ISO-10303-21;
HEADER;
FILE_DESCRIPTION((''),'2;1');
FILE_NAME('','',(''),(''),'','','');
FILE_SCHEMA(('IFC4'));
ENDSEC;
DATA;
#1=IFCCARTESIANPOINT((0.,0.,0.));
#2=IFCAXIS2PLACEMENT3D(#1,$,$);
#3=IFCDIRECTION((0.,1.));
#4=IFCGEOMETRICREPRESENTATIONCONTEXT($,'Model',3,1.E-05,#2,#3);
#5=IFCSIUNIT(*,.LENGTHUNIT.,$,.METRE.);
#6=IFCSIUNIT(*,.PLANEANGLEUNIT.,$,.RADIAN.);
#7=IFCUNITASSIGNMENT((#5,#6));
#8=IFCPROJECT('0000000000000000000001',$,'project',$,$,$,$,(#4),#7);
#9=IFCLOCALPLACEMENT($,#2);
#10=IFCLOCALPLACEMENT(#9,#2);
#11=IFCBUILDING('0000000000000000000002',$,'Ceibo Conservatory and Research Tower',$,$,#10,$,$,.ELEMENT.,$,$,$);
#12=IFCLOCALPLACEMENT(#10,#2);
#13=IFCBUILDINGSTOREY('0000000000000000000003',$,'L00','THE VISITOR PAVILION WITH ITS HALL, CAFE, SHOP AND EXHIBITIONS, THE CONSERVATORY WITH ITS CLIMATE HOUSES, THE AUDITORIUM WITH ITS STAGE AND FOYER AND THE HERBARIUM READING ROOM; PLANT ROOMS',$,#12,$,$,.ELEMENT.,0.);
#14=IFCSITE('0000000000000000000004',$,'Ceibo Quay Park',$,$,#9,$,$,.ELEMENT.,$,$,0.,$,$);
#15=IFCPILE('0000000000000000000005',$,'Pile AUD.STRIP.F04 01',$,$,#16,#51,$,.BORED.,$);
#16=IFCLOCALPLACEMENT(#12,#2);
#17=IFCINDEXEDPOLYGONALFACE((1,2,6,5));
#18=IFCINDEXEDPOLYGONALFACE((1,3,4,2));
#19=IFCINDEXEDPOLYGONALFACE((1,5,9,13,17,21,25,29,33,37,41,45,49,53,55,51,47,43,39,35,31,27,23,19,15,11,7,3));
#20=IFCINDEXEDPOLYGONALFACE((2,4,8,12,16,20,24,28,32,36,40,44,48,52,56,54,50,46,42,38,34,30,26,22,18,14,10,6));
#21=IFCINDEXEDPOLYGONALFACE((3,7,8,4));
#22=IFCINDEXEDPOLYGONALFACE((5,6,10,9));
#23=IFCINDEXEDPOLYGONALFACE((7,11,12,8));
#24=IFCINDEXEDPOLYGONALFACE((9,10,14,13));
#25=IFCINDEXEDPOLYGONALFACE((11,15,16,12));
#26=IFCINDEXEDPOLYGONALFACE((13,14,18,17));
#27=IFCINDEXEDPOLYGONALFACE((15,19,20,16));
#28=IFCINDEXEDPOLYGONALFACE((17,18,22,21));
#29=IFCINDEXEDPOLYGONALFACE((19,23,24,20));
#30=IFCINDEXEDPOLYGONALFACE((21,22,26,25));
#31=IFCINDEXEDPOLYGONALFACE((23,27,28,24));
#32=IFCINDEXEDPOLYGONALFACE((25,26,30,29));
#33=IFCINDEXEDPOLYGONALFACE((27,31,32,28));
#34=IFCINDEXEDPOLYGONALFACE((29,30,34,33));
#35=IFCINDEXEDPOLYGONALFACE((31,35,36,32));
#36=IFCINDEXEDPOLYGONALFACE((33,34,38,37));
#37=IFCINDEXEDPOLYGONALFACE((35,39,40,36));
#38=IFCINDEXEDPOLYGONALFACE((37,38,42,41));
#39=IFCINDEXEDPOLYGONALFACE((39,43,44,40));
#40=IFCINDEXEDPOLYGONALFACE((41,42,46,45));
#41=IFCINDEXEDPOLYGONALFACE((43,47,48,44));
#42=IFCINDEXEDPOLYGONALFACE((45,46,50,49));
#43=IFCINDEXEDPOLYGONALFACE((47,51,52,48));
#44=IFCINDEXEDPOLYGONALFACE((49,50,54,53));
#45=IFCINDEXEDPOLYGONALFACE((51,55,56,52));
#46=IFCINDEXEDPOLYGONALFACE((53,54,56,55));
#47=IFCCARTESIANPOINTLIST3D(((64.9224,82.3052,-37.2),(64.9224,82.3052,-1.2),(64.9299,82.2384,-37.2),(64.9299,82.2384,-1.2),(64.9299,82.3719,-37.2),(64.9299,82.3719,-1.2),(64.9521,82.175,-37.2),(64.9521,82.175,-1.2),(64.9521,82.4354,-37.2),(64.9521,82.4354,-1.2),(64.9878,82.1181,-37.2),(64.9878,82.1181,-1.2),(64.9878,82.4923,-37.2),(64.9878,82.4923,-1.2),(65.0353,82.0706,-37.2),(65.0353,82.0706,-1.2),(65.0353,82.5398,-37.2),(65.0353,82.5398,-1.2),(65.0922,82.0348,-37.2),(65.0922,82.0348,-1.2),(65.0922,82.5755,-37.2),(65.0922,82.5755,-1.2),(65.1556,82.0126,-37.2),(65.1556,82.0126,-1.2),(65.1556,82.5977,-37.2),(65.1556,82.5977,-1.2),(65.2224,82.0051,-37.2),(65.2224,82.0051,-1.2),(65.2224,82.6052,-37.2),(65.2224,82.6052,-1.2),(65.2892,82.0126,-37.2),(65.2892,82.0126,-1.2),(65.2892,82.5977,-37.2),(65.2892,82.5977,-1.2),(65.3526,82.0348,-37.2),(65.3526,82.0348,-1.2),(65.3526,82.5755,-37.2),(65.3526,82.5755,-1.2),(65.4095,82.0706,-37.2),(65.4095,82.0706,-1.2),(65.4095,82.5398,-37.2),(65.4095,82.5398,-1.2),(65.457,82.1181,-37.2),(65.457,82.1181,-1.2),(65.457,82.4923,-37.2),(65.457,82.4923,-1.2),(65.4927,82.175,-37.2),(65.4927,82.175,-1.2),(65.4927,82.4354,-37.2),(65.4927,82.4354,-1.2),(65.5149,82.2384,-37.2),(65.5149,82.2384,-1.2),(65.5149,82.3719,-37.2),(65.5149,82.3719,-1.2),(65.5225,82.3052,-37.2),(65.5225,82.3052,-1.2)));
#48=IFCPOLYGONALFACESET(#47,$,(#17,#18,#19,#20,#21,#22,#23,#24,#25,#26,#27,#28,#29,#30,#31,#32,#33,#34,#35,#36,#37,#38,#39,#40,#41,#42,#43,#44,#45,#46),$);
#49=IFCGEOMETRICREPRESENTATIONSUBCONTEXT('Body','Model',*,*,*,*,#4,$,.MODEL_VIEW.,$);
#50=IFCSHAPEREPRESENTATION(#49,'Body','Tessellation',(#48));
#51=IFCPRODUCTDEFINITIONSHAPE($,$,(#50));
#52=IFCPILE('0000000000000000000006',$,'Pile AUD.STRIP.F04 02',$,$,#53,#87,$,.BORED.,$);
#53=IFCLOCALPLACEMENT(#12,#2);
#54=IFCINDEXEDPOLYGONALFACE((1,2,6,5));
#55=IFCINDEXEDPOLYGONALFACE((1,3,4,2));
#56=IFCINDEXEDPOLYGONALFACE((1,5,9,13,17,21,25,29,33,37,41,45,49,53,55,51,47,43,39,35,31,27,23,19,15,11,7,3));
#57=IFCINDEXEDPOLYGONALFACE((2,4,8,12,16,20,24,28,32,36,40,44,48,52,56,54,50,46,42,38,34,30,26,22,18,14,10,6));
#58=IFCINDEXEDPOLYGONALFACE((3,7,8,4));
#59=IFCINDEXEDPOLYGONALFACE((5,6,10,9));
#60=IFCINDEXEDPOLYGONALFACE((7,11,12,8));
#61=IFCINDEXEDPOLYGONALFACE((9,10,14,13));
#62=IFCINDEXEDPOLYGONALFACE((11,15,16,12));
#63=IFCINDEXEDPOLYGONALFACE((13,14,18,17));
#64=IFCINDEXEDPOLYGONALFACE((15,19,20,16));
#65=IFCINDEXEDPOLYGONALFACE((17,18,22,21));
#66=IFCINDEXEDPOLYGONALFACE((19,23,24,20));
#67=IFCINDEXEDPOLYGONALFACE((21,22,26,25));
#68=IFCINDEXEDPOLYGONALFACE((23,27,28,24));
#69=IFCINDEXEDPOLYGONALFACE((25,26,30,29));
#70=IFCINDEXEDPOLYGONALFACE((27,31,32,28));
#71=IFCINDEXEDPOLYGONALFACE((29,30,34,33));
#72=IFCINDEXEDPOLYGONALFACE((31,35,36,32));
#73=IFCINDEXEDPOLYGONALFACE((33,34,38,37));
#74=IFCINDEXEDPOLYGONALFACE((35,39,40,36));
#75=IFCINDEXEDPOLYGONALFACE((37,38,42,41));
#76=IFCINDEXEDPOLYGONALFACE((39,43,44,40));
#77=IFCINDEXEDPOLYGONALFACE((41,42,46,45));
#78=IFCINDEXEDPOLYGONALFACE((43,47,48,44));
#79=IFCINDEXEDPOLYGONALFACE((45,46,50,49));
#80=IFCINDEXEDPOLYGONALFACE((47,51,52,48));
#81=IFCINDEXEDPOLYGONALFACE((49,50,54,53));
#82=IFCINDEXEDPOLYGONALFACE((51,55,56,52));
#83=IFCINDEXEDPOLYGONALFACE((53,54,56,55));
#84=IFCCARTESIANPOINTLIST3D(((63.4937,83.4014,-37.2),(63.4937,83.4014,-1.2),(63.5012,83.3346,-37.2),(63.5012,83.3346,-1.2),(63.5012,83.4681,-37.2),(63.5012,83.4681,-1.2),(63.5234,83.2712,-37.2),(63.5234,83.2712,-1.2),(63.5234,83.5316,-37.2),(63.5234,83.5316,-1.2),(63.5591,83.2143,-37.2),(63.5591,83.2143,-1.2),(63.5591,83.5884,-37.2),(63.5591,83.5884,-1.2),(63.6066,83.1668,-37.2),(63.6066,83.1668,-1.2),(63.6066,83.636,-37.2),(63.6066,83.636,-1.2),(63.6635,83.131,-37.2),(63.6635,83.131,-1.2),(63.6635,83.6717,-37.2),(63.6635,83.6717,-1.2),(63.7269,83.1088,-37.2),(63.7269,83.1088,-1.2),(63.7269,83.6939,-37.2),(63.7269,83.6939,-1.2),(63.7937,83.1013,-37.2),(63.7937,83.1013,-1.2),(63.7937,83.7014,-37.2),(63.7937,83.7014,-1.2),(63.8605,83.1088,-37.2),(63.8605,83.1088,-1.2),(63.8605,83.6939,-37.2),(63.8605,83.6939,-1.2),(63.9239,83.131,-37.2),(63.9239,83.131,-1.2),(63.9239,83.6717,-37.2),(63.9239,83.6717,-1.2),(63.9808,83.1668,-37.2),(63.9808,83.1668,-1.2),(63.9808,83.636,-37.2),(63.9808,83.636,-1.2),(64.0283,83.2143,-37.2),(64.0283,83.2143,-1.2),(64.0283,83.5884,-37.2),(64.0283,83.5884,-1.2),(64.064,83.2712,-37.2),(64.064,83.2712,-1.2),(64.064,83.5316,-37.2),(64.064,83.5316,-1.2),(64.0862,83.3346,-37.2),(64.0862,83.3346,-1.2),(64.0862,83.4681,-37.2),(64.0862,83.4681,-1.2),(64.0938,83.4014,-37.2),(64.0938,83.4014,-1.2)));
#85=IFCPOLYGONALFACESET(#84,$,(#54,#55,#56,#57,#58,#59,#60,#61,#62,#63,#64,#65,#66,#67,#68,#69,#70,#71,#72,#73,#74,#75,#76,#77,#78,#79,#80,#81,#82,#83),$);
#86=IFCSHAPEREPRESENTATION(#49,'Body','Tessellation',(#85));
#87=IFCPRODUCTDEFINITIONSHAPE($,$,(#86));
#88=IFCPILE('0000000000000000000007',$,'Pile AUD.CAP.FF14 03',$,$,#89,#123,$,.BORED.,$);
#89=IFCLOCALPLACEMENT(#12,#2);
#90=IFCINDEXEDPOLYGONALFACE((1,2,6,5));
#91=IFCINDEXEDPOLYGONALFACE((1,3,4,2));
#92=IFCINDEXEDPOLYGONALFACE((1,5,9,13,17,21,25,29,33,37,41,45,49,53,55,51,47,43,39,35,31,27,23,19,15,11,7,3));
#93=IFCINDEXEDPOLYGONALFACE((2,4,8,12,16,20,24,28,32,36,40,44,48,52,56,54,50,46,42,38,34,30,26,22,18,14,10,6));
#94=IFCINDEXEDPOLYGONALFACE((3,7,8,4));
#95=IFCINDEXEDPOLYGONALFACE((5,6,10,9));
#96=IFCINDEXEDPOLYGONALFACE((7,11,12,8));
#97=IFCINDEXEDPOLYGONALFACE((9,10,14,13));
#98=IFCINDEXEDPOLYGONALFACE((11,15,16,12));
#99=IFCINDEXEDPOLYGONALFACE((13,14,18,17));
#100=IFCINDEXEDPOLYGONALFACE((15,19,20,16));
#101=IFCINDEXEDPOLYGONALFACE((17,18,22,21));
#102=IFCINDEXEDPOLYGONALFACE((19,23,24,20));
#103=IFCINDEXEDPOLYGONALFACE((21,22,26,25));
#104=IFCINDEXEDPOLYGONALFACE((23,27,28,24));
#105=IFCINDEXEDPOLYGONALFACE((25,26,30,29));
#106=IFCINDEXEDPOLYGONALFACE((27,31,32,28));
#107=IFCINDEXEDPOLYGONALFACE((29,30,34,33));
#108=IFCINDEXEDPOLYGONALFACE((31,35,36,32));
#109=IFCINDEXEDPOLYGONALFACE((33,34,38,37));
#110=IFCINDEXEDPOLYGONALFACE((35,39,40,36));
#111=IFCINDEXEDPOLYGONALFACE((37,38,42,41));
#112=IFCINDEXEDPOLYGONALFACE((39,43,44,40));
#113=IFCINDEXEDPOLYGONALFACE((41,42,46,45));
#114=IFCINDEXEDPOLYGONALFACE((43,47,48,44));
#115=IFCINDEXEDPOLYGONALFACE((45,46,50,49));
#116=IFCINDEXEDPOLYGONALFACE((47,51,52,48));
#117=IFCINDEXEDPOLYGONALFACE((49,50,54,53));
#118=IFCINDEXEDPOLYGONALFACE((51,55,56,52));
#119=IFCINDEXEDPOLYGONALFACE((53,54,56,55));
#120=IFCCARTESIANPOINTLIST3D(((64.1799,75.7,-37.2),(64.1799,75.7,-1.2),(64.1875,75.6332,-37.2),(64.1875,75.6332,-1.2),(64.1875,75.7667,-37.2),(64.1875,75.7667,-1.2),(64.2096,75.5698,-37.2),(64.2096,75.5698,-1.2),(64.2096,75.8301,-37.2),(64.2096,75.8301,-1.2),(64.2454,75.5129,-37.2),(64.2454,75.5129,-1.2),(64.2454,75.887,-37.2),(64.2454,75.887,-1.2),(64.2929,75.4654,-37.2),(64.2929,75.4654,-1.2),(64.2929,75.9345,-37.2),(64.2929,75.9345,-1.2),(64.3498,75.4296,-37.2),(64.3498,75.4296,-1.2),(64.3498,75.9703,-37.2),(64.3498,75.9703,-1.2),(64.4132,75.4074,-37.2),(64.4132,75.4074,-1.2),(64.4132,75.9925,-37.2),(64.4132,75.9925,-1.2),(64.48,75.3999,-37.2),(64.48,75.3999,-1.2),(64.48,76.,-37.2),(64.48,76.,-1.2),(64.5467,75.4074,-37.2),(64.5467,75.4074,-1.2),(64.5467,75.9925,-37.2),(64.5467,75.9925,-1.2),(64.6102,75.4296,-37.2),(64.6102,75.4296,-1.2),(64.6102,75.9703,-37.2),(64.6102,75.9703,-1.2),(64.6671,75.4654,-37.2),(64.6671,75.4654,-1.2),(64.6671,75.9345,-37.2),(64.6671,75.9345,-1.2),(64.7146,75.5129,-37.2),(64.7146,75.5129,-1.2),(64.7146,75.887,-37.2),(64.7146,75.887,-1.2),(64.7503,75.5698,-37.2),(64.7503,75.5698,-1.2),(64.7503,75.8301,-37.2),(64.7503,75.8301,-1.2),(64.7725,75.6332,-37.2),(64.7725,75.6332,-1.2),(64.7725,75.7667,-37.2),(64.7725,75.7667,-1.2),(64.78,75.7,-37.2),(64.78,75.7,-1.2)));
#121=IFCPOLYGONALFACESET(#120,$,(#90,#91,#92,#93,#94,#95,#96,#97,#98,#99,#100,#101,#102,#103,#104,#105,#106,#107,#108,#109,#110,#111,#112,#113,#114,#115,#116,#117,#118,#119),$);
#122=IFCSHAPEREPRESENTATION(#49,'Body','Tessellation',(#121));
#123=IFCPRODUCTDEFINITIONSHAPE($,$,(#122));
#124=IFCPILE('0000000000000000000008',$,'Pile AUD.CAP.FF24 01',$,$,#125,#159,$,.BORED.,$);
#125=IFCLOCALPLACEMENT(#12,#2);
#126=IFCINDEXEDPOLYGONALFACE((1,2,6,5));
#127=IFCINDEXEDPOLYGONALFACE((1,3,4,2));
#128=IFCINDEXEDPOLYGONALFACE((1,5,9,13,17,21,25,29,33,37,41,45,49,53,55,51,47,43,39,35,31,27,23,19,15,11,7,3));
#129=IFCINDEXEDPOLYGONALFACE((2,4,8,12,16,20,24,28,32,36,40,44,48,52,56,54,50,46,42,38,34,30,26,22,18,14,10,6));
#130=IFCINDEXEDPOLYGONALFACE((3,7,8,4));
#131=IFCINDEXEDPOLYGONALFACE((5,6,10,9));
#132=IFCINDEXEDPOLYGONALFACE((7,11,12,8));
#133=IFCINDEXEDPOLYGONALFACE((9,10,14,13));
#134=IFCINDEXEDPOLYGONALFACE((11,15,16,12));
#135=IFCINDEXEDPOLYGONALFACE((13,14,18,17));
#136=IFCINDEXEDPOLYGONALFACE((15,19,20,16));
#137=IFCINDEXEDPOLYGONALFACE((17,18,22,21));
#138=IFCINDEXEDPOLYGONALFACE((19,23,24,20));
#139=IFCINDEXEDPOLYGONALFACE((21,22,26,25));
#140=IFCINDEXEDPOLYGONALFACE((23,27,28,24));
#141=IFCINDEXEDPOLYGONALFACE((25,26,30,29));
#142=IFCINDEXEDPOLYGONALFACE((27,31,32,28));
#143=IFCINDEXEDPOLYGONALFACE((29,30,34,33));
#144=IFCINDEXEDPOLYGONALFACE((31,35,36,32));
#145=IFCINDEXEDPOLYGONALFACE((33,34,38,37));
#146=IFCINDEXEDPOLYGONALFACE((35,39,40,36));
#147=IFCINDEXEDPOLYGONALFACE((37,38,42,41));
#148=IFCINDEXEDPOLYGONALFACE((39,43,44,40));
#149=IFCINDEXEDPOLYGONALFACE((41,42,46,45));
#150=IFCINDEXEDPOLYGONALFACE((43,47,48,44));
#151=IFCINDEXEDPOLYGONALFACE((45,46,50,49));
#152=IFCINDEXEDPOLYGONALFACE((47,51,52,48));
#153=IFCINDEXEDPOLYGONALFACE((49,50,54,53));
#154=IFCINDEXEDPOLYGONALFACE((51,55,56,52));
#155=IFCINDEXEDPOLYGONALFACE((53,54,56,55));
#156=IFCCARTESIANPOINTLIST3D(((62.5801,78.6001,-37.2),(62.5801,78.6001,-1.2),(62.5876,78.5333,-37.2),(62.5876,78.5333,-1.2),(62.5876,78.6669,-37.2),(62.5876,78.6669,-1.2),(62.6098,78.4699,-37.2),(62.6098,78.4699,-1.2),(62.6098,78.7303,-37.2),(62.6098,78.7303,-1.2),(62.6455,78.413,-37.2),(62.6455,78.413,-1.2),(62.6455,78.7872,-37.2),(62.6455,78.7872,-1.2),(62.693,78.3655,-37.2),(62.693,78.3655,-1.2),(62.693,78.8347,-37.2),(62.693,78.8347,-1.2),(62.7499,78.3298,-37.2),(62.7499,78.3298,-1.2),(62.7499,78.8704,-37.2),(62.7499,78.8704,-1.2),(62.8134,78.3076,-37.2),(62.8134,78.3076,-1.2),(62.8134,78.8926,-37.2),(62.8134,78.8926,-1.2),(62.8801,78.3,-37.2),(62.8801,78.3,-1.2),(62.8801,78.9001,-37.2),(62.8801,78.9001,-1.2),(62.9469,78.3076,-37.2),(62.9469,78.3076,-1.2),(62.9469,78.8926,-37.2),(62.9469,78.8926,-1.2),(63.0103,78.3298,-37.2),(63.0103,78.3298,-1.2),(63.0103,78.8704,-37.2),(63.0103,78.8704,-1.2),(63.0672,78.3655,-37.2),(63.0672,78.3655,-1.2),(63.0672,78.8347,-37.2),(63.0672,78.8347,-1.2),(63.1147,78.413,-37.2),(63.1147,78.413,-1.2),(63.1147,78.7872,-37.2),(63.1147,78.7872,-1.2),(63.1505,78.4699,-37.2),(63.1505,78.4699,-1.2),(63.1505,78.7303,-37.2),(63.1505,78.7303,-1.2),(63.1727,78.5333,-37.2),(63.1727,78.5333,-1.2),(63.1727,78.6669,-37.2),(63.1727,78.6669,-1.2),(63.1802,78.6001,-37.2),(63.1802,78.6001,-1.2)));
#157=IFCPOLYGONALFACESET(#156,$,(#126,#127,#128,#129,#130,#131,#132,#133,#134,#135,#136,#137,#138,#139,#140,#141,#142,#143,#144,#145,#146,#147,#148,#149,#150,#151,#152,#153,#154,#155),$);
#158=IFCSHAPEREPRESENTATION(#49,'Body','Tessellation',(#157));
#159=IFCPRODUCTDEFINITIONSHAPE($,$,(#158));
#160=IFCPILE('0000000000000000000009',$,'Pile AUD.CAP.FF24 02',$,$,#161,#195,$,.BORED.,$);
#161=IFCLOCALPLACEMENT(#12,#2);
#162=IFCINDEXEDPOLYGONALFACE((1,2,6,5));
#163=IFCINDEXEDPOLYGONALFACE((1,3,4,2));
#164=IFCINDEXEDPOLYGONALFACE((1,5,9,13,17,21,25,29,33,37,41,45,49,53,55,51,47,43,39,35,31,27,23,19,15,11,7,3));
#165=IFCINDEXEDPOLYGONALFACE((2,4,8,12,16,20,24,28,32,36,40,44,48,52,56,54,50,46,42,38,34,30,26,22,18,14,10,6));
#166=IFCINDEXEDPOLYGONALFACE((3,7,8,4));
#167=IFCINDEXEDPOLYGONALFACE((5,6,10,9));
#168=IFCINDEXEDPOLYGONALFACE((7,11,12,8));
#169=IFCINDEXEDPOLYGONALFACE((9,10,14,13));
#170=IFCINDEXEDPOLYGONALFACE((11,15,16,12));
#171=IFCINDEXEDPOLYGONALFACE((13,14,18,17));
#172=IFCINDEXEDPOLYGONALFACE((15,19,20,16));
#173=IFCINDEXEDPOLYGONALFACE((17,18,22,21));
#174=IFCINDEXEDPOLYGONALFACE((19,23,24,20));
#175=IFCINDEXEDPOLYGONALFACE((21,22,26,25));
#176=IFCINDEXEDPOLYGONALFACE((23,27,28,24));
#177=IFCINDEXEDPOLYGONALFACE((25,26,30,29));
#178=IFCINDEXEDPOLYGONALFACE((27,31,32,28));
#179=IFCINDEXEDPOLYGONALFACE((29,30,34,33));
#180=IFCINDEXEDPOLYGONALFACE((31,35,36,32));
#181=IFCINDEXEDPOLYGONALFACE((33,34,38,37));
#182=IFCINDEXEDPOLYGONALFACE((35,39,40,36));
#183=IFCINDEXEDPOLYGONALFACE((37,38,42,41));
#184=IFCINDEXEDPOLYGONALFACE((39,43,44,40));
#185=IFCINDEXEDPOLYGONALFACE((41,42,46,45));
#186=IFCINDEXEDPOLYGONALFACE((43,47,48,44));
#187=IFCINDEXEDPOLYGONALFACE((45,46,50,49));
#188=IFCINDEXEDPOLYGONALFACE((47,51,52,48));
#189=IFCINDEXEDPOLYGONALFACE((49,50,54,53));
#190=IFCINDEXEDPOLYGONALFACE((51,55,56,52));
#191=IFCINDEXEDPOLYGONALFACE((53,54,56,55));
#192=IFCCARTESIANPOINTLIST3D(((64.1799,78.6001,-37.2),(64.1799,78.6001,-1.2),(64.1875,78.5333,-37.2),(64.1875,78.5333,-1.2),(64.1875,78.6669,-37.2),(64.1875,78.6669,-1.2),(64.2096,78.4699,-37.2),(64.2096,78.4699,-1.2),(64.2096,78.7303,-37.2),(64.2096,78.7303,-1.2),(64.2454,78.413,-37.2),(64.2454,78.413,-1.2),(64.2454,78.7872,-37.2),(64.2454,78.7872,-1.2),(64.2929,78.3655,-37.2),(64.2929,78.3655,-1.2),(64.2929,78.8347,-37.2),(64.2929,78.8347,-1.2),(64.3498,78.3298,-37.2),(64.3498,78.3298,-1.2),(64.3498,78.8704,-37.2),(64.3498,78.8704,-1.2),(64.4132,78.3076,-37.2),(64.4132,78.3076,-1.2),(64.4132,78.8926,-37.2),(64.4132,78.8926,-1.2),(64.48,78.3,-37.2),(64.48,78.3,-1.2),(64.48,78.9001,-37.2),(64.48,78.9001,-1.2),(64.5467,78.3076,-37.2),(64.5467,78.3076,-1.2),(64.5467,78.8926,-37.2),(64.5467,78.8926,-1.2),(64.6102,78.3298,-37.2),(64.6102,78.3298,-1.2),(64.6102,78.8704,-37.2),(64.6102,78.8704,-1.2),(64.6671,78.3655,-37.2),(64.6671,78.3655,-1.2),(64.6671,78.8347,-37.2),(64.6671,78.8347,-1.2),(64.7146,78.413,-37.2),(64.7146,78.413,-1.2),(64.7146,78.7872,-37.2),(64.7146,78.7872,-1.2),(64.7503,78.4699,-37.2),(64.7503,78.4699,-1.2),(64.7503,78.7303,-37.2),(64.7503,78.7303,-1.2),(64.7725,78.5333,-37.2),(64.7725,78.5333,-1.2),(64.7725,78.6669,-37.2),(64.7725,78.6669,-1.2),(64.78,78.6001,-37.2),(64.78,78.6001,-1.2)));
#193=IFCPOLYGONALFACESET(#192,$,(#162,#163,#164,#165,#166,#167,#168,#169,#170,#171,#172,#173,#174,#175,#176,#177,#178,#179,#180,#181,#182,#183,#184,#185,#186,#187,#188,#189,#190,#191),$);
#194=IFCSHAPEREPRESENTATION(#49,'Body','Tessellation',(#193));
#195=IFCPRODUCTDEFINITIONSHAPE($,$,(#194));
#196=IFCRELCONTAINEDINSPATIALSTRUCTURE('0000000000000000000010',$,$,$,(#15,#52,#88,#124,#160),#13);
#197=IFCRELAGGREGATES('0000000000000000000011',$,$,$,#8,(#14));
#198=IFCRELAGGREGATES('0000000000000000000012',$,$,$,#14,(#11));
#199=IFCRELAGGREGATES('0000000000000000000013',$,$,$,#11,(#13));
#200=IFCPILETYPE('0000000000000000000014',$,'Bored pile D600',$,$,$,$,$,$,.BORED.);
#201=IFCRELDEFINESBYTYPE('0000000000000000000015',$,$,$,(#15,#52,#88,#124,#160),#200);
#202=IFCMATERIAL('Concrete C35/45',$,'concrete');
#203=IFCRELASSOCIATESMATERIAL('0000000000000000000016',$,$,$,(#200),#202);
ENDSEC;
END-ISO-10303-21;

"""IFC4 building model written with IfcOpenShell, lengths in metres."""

from ifc_helpers import new_model, si_unit, direction, frame, origin, origin_2d, place, context, subcontext, project, spatial, circle, extrude, material, material_profile, profile_set, type_object, element, save


model = new_model("IFC4")

# Units and contexts
model_context = context("Model", 3, precision=1e-05, world=origin(), true_north=direction((0.0, 1.0)))
body_context = subcontext(model_context, "Body", "Model", "MODEL_VIEW")
ifc_project = project(units=[si_unit("LENGTHUNIT", "METRE"), si_unit("PLANEANGLEUNIT", "RADIAN")], contexts=[model_context])

# Site, building, storey
site_placement = place(None, origin())
site = spatial("IfcSite", under=ifc_project, at=site_placement, Name="Ceibo Quay Park", CompositionType="ELEMENT", RefElevation=0.0)
building_placement = place(site_placement, origin())
building = spatial("IfcBuilding", under=site, at=building_placement, Name="Ceibo Conservatory and Research Tower", CompositionType="ELEMENT")
storey_placement = place(building_placement, origin())
storey = spatial("IfcBuildingStorey", under=building, at=storey_placement, Name="L00", Description="THE VISITOR PAVILION WITH ITS HALL, CAFE, SHOP AND EXHIBITIONS, THE CONSERVATORY WITH ITS CLIMATE HOUSES, THE AUDITORIUM WITH ITS STAGE AND FOYER AND THE HERBARIUM READING ROOM; PLANT ROOMS", CompositionType="ELEMENT", Elevation=0.0)

# Piles
ifc_material_1 = material(Name="Concrete C35/45", Category="concrete")
ifc_material_profile_1 = material_profile(ifc_material_1, circle(Radius=0.3, at=origin_2d()), Name="RC D600")
ifc_profile_set_1 = profile_set([ifc_material_profile_1], Name="Concrete C35/45")
pile_type = type_object("IfcPileType", Name="Bored pile D600", PredefinedType="BORED", material=ifc_profile_set_1)
for number, where, z_axis, x_axis, name in (
    (1, (65.2224, 82.3052, -1.2), (0.0, 0.0, -1.0), (1.0, 0.0, 0.0), "Pile AUD.STRIP.F04 01"),
    (2, (63.7937, 83.4014, -1.2), (0.0, 0.0, -1.0), (1.0, 0.0, 0.0), "Pile AUD.STRIP.F04 02"),
    (3, (64.48, 75.7, -1.2), (0.0, 0.0, -1.0), (1.0, 0.0, 0.0), "Pile AUD.CAP.FF14 03"),
    (4, (62.8801, 78.6001, -1.2), (0.0, 0.0, -1.0), (1.0, 0.0, 0.0), "Pile AUD.CAP.FF24 01"),
    (5, (64.48, 78.6001, -1.2), (0.0, 0.0, -1.0), (1.0, 0.0, 0.0), "Pile AUD.CAP.FF24 02"),
):
    element("IfcPile", number, at=place(storey_placement, frame(where, z_axis=z_axis, x_axis=x_axis)), inside=storey, type_object=pile_type, Name=name, PredefinedType="BORED", context=body_context, shape_type="SweptSolid", body=[
        extrude(circle(Radius=0.3, at=origin_2d()), origin(), (0.0, 0.0, 1.0), 36.0),
    ])

save(model, "model.ifc")
